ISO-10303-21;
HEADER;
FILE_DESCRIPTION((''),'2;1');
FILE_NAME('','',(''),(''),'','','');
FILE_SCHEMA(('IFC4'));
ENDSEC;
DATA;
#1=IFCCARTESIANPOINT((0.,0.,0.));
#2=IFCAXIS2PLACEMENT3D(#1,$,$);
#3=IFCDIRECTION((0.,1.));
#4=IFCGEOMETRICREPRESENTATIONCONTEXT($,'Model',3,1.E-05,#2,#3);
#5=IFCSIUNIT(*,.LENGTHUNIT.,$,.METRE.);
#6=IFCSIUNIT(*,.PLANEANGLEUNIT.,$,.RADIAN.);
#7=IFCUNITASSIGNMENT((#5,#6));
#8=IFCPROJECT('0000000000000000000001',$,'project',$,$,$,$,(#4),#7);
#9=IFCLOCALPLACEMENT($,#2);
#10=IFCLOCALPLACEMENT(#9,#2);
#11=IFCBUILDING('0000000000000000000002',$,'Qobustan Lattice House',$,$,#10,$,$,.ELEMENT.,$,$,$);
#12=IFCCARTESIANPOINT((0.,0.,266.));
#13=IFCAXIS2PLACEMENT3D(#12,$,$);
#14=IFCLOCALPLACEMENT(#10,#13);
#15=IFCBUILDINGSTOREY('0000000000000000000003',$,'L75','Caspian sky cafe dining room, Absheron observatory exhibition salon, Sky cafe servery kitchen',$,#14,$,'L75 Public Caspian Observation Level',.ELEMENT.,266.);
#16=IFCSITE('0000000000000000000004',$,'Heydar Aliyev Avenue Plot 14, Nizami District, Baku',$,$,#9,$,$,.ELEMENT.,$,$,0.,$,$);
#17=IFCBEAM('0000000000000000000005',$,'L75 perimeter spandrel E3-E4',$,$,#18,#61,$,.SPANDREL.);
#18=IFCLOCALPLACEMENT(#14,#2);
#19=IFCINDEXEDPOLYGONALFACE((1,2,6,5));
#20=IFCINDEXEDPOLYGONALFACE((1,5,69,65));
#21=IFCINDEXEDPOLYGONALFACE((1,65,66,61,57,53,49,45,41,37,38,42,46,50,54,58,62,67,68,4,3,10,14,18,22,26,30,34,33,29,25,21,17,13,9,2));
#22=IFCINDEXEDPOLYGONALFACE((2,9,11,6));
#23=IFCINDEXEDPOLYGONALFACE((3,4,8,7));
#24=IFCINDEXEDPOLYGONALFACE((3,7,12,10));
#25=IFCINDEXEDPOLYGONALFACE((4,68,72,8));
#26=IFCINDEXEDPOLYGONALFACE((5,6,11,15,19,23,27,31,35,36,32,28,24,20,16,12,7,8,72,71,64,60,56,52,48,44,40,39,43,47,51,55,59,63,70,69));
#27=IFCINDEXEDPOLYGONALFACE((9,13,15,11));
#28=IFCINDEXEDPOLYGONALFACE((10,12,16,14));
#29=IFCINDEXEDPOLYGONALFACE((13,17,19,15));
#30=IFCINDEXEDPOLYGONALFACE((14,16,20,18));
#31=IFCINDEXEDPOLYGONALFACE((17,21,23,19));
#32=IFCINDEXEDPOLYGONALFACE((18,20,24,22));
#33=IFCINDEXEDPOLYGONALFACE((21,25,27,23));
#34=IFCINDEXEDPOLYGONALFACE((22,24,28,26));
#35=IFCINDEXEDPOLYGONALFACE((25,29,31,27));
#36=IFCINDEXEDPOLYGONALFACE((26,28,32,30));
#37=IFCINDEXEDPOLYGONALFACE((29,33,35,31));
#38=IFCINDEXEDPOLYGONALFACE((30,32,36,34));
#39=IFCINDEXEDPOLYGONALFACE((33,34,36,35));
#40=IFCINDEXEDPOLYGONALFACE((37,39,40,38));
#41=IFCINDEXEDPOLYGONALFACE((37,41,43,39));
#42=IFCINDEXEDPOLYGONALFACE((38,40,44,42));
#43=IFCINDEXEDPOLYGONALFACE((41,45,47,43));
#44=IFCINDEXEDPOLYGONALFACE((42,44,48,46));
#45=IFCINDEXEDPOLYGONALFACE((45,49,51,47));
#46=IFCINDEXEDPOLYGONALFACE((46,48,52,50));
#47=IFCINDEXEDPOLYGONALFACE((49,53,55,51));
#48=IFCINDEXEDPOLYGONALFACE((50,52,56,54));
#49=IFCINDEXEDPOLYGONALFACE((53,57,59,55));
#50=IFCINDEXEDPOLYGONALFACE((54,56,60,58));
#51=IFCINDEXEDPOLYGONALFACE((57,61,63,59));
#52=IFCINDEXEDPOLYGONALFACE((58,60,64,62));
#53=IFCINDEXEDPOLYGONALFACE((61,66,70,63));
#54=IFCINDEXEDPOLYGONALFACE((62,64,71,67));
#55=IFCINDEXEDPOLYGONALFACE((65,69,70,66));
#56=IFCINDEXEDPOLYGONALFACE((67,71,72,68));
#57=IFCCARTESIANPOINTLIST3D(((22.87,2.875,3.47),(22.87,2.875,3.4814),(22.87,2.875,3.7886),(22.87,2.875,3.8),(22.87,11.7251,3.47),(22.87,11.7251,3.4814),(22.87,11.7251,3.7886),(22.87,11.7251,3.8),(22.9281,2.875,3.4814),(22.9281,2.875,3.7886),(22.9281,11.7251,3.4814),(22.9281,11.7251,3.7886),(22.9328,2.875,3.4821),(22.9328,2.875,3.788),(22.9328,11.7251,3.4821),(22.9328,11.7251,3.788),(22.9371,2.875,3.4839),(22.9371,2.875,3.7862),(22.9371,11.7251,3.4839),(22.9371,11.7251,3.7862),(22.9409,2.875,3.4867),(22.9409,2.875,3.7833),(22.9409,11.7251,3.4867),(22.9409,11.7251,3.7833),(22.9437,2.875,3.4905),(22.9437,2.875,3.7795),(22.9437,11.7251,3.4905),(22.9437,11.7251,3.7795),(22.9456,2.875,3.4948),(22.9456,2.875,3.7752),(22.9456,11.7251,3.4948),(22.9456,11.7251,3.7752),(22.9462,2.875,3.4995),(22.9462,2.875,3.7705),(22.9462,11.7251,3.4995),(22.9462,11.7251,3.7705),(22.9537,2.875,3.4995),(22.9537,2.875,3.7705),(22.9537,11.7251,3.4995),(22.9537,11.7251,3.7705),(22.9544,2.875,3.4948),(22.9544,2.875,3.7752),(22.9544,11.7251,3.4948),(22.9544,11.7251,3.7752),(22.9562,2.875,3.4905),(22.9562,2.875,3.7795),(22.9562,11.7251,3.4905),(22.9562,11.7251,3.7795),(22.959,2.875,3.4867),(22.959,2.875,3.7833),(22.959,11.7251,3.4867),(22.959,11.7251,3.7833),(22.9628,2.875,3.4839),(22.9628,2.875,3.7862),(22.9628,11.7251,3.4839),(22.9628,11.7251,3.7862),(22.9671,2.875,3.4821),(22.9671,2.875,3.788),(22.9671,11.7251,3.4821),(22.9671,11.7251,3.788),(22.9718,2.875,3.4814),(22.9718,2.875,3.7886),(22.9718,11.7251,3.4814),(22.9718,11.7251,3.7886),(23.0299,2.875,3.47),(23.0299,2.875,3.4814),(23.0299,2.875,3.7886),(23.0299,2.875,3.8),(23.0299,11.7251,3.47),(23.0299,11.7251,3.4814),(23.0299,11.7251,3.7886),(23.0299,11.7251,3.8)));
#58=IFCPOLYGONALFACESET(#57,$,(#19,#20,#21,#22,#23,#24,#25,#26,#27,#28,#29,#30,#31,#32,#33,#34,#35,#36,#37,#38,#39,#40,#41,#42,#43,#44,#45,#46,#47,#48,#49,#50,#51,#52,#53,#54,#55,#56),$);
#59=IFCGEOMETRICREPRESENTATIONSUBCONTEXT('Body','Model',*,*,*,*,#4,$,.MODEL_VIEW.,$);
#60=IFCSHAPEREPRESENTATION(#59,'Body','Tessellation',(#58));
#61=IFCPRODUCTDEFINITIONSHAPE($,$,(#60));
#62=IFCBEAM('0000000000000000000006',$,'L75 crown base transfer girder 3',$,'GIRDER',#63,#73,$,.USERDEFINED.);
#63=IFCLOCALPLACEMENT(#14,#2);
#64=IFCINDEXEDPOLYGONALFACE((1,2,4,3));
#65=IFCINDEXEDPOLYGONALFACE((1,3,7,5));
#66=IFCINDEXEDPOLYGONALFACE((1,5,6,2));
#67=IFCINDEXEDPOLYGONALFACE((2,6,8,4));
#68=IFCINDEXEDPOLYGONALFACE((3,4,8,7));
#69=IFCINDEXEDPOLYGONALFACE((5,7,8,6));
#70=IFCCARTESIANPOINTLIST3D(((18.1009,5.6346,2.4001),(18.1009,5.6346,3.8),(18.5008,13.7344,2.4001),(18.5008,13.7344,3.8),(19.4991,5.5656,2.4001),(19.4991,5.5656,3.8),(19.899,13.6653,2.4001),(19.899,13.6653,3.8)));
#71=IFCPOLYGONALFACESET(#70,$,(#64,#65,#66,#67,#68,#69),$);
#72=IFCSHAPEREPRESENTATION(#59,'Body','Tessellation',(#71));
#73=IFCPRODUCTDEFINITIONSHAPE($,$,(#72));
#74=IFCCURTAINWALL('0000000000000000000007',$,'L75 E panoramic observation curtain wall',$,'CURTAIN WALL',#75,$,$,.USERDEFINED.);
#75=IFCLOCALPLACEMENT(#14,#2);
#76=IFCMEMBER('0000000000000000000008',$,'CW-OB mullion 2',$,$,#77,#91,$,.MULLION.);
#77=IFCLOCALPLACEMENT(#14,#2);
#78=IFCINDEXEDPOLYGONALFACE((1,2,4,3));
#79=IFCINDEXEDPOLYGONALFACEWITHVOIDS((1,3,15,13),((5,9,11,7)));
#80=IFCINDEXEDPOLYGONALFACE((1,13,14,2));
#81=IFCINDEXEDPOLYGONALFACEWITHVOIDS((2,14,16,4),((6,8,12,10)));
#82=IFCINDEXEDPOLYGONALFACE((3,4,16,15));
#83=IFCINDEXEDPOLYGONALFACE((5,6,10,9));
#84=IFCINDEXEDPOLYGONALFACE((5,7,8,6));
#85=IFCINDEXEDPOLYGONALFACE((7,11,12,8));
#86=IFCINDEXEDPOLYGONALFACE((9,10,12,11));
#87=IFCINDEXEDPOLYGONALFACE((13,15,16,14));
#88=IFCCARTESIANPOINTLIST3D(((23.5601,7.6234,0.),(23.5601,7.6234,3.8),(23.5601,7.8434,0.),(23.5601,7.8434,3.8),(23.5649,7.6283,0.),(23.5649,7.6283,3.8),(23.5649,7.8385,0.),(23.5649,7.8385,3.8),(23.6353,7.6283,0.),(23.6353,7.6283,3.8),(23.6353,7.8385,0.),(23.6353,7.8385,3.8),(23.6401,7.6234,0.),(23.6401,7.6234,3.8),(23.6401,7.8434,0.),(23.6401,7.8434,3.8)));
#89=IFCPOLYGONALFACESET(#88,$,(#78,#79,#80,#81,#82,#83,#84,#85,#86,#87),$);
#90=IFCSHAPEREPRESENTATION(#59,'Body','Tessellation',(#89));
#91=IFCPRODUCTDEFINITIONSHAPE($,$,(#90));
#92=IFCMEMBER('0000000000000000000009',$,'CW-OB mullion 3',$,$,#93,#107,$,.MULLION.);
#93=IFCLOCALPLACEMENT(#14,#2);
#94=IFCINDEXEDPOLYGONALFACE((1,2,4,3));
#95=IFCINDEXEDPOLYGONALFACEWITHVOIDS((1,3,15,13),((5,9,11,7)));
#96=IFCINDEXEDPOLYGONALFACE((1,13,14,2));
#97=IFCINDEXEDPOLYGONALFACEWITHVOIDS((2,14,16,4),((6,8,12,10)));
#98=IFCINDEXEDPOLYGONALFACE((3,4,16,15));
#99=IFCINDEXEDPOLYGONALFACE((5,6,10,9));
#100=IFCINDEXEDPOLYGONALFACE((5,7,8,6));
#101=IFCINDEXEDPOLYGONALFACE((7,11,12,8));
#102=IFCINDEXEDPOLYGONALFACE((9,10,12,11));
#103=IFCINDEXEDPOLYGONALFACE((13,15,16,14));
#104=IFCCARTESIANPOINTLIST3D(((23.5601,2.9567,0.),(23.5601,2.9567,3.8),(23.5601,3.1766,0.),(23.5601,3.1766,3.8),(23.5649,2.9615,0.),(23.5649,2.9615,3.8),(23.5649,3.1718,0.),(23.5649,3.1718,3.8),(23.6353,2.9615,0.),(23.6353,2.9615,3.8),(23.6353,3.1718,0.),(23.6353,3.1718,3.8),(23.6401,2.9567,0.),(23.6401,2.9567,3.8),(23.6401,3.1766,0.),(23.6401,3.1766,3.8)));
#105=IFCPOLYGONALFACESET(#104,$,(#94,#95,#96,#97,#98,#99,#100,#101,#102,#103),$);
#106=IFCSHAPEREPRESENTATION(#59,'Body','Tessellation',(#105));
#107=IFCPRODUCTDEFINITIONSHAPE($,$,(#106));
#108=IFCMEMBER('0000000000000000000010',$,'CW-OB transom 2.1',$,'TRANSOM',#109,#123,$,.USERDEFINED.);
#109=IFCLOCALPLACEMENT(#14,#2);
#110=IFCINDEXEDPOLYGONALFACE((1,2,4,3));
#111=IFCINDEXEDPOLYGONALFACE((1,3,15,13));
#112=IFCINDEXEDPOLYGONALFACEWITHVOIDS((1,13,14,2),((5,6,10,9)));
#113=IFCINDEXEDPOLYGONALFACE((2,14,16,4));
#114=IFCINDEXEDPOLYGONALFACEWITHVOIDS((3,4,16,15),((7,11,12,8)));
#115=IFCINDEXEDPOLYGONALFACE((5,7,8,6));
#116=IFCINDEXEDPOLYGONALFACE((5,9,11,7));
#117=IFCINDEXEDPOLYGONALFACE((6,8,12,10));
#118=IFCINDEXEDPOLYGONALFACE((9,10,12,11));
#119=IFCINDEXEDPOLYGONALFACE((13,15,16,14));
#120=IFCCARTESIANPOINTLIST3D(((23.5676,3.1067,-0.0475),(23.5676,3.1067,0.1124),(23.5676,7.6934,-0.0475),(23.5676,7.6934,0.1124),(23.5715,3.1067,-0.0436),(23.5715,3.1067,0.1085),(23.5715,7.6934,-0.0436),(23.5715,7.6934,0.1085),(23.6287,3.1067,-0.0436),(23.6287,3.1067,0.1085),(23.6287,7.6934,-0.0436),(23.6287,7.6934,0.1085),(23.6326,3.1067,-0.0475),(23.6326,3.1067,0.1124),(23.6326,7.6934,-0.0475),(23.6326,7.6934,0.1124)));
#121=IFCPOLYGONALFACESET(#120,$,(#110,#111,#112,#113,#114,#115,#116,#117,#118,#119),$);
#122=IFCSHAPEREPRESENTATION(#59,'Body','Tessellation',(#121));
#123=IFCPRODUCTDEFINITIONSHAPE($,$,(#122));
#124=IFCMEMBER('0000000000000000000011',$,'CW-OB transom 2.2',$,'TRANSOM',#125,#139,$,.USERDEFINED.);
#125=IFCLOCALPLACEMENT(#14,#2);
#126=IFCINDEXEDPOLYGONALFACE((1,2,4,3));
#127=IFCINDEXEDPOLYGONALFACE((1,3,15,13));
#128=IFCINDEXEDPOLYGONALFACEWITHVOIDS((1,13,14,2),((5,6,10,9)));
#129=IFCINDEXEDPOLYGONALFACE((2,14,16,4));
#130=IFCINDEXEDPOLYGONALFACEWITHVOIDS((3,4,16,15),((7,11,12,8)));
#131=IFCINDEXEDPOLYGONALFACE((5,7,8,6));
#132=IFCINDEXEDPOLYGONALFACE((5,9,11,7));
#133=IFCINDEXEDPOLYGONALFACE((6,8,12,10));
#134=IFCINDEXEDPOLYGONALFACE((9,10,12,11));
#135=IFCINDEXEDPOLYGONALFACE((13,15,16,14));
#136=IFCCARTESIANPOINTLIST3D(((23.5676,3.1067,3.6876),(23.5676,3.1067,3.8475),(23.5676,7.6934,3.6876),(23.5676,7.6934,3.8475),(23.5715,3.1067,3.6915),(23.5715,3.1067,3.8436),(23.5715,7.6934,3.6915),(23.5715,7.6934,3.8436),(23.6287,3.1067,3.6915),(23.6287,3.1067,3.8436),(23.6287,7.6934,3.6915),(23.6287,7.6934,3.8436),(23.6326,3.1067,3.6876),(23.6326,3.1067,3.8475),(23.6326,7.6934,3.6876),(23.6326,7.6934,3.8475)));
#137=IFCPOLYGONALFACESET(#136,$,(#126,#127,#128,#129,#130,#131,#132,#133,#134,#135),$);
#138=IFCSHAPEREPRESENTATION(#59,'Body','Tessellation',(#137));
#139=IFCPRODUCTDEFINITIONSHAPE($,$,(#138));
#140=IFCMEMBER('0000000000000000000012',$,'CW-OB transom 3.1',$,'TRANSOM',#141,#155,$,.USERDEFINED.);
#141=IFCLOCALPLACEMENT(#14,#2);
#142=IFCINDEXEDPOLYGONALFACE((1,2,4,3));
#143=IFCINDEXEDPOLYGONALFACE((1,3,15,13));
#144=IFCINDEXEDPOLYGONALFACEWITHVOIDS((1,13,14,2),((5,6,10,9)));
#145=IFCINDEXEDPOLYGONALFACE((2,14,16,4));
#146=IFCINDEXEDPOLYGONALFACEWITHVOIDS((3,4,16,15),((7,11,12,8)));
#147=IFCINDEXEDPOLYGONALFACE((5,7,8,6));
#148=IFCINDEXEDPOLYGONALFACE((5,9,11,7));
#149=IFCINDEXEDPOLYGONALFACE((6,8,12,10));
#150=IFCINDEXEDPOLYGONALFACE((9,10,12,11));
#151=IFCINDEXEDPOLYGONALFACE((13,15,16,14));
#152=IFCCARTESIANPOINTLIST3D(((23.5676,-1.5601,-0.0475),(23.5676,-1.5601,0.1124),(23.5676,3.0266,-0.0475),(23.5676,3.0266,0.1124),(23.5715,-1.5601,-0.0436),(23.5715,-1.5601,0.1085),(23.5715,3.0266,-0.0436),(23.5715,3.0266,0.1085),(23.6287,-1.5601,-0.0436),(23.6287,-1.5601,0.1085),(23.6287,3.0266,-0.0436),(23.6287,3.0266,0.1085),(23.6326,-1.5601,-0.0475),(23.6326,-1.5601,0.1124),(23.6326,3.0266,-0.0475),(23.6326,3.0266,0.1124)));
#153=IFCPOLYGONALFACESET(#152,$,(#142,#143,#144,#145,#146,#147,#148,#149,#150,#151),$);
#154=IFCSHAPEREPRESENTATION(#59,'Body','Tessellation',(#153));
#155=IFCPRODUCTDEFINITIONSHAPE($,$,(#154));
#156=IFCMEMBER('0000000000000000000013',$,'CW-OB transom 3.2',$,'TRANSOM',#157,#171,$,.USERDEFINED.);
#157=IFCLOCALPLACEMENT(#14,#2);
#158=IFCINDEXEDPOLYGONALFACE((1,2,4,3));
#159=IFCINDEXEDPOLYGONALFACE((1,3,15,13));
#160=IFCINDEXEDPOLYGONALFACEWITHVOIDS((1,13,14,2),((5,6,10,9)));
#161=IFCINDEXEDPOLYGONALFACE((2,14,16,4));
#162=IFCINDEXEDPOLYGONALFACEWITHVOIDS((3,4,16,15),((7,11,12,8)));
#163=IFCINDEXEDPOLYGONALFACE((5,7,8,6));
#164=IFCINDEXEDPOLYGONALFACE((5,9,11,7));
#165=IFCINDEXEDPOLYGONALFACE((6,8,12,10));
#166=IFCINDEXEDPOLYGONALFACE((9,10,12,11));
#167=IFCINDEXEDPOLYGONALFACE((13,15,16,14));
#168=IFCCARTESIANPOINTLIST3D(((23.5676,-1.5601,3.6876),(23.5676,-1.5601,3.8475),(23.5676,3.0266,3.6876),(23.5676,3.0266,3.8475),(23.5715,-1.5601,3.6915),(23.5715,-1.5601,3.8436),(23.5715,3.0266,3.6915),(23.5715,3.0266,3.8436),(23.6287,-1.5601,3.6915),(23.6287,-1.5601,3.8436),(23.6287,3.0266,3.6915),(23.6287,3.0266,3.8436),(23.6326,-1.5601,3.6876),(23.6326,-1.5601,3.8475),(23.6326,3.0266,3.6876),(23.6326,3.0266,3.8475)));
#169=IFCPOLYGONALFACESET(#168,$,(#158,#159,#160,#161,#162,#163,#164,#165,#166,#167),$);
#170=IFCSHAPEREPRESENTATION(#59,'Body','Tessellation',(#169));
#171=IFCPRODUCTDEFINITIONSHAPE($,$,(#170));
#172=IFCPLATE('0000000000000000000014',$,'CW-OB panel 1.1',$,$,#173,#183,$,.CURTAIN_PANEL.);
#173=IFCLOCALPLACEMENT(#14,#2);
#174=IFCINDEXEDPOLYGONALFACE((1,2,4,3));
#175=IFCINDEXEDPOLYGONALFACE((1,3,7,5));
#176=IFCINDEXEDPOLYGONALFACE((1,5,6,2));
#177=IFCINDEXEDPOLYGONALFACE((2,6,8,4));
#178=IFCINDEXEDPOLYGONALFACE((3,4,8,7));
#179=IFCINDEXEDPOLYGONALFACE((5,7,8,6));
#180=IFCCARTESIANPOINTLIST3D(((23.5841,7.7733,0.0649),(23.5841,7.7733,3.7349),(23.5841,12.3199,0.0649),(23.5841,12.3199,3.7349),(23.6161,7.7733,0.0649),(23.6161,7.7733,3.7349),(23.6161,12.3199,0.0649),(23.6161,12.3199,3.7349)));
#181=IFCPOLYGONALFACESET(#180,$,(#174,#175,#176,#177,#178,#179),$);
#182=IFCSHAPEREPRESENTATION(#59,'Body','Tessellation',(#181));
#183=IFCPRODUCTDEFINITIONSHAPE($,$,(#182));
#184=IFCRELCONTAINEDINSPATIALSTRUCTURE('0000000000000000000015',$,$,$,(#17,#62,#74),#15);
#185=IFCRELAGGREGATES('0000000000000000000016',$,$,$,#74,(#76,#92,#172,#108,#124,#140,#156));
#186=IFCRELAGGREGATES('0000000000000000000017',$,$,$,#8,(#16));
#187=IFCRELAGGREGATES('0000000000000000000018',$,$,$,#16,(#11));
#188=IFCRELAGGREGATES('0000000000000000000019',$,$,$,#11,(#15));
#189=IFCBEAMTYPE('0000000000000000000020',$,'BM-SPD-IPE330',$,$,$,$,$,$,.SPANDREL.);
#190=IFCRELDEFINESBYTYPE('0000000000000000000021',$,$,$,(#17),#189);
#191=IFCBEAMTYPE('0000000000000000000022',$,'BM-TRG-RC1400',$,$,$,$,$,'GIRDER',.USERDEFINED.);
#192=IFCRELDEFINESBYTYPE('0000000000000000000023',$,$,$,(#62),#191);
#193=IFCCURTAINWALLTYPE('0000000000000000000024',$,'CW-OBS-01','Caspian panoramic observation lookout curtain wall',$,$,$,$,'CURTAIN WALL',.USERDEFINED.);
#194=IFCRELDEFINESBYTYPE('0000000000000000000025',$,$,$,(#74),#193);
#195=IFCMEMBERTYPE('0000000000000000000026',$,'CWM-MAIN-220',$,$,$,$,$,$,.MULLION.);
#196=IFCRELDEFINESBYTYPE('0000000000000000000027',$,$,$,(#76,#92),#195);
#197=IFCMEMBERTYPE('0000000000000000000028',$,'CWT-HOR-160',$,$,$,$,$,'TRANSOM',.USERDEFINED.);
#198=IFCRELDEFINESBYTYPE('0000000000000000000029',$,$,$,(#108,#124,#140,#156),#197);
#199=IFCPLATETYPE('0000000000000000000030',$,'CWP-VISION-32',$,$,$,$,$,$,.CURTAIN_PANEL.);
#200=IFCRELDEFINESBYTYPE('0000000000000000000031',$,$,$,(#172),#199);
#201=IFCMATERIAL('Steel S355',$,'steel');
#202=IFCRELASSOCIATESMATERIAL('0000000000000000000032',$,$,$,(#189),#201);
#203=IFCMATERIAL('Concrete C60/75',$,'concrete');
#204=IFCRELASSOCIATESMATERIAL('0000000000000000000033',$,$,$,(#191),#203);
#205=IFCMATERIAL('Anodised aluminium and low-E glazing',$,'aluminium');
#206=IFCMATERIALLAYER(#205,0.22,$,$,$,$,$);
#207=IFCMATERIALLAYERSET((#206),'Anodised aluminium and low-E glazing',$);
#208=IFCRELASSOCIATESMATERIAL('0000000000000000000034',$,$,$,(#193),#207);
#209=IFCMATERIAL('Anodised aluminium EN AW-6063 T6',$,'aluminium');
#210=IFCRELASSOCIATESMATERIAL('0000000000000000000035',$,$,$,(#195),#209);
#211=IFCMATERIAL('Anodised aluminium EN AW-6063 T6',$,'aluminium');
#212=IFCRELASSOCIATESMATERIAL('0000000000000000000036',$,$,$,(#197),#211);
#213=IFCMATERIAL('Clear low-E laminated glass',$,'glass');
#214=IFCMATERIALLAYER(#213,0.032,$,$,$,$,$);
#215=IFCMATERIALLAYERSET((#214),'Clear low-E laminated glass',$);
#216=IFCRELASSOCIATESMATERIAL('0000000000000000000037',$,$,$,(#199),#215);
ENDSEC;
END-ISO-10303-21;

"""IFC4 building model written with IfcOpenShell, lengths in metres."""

from ifc_helpers import new_model, si_unit, direction, frame, origin, origin_2d, place, context, subcontext, project, spatial, rectangle, hollow_rectangle, i_section, extrude, material, layer, layer_set, material_profile, profile_set, type_object, element, aggregate, save


model = new_model("IFC4")

# Units and contexts
model_context = context("Model", 3, precision=1e-05, world=origin(), true_north=direction((0.0, 1.0)))
body_context = subcontext(model_context, "Body", "Model", "MODEL_VIEW")
ifc_project = project(units=[si_unit("LENGTHUNIT", "METRE"), si_unit("PLANEANGLEUNIT", "RADIAN")], contexts=[model_context])

# Site, building, storey
site_placement = place(None, origin())
site = spatial("IfcSite", under=ifc_project, at=site_placement, Name="Heydar Aliyev Avenue Plot 14, Nizami District, Baku", CompositionType="ELEMENT", RefElevation=0.0)
building_placement = place(site_placement, origin())
building = spatial("IfcBuilding", under=site, at=building_placement, Name="Qobustan Lattice House", CompositionType="ELEMENT")
storey_placement = place(building_placement, frame((0.0, 0.0, 266.0)))
storey = spatial("IfcBuildingStorey", under=building, at=storey_placement, Name="L75", Description="Caspian sky cafe dining room, Absheron observatory exhibition salon, Sky cafe servery kitchen", LongName="L75 Public Caspian Observation Level", CompositionType="ELEMENT", Elevation=266.0)

# Beams
ifc_material_1 = material(Name="Steel S355", Category="steel")
ifc_material_profile_1 = material_profile(ifc_material_1, i_section(OverallWidth=0.1599, OverallDepth=0.3301, WebThickness=0.0076, FlangeThickness=0.0115, FilletRadius=0.0181, at=origin_2d()), Name="IPE330")
ifc_profile_set_1 = profile_set([ifc_material_profile_1], Name="Steel S355")
beam_type_1 = type_object("IfcBeamType", Name="BM-SPD-IPE330", PredefinedType="SPANDREL", material=ifc_profile_set_1)
beam_1_placement = place(storey_placement, frame((22.95, 2.875, 3.635), z_axis=(0.0, 1.0, 0.0), x_axis=(-1.0, 0.0, 0.0)))
element("IfcBeam", 1, at=beam_1_placement, inside=storey, type_object=beam_type_1, Name="L75 perimeter spandrel E3-E4", PredefinedType="SPANDREL", context=body_context, shape_type="SweptSolid", body=[
    extrude(i_section(OverallWidth=0.1599, OverallDepth=0.3301, WebThickness=0.0076, FlangeThickness=0.0115, FilletRadius=0.0181, at=origin_2d()), origin(), (0.0, 0.0, 1.0), 8.8501),
])
ifc_material_2 = material(Name="Concrete C60/75", Category="concrete")
ifc_material_profile_2 = material_profile(ifc_material_2, rectangle(XDim=1.3999, YDim=1.3999, at=origin_2d()), Name="RC1400x1400")
ifc_profile_set_2 = profile_set([ifc_material_profile_2], Name="Concrete C60/75")
beam_type_2 = type_object("IfcBeamType", Name="BM-TRG-RC1400", ElementType="GIRDER", PredefinedType="USERDEFINED", material=ifc_profile_set_2)
beam_2_placement = place(storey_placement, frame((18.8, 5.6001, 3.1001), z_axis=(0.049311, 0.998783, 0.0), x_axis=(-0.998783, 0.049311, 0.0)))
element("IfcBeam", 2, at=beam_2_placement, inside=storey, type_object=beam_type_2, Name="L75 crown base transfer girder 3", ObjectType="GIRDER", PredefinedType="USERDEFINED", context=body_context, shape_type="SweptSolid", body=[
    extrude(rectangle(XDim=1.3999, YDim=1.3999, at=origin_2d()), origin(), (0.0, 0.0, 1.0), 8.1096),
])

# Curtain wall, members, plate
ifc_material_3 = material(Name="Anodised aluminium and low-E glazing", Category="aluminium")
ifc_layer_1 = layer(ifc_material_3, 0.22)
ifc_layer_set_1 = layer_set([ifc_layer_1], Name="Anodised aluminium and low-E glazing")
curtain_wall_type = type_object("IfcCurtainWallType", Name="CW-OBS-01", Description="Caspian panoramic observation lookout curtain wall", ElementType="CURTAIN WALL", PredefinedType="USERDEFINED", material=ifc_layer_set_1)
curtain_wall_placement = place(storey_placement, origin())
curtain_wall = element("IfcCurtainWall", 3, at=curtain_wall_placement, inside=storey, type_object=curtain_wall_type, Name="L75 E panoramic observation curtain wall", ObjectType="CURTAIN WALL", PredefinedType="USERDEFINED")
ifc_material_4 = material(Name="Anodised aluminium EN AW-6063 T6", Category="aluminium")
ifc_material_profile_3 = material_profile(ifc_material_4, hollow_rectangle(XDim=0.0801, YDim=0.22, WallThickness=0.0049, at=origin_2d()), Name="CWM-220x80")
ifc_profile_set_3 = profile_set([ifc_material_profile_3], Name="Anodised aluminium EN AW-6063 T6")
member_type_1 = type_object("IfcMemberType", Name="CWM-MAIN-220", PredefinedType="MULLION", material=ifc_profile_set_3)
member_1_placement = place(storey_placement, frame((23.6001, 7.7334, 0.0), z_axis=(0.0, 0.0, 1.0), x_axis=(1.0, 0.0, 0.0)))
member_1 = element("IfcMember", 4, at=member_1_placement, type_object=member_type_1, Name="CW-OB mullion 2", PredefinedType="MULLION", context=body_context, shape_type="SweptSolid", body=[
    extrude(hollow_rectangle(XDim=0.0801, YDim=0.22, WallThickness=0.0049, at=origin_2d()), origin(), (0.0, 0.0, 1.0), 3.8),
])
member_2_placement = place(storey_placement, frame((23.6001, 3.0667, 0.0), z_axis=(0.0, 0.0, 1.0), x_axis=(1.0, 0.0, 0.0)))
member_2 = element("IfcMember", 5, at=member_2_placement, type_object=member_type_1, Name="CW-OB mullion 3", PredefinedType="MULLION", context=body_context, shape_type="SweptSolid", body=[
    extrude(hollow_rectangle(XDim=0.0801, YDim=0.22, WallThickness=0.0049, at=origin_2d()), origin(), (0.0, 0.0, 1.0), 3.8),
])
ifc_material_5 = material(Name="Anodised aluminium EN AW-6063 T6", Category="aluminium")
ifc_material_profile_4 = material_profile(ifc_material_5, hollow_rectangle(XDim=0.0649, YDim=0.1599, WallThickness=0.0039, at=origin_2d()), Name="CWT-160x65")
ifc_profile_set_4 = profile_set([ifc_material_profile_4], Name="Anodised aluminium EN AW-6063 T6")
member_type_2 = type_object("IfcMemberType", Name="CWT-HOR-160", ElementType="TRANSOM", PredefinedType="USERDEFINED", material=ifc_profile_set_4)
member_3_placement = place(storey_placement, frame((23.6001, 7.6934, 0.0325), z_axis=(0.0, -1.0, 0.0), x_axis=(1.0, 0.0, 0.0)))
member_3 = element("IfcMember", 6, at=member_3_placement, type_object=member_type_2, Name="CW-OB transom 2.1", ObjectType="TRANSOM", PredefinedType="USERDEFINED", context=body_context, shape_type="SweptSolid", body=[
    extrude(hollow_rectangle(XDim=0.0649, YDim=0.1599, WallThickness=0.0039, at=origin_2d()), origin(), (0.0, 0.0, 1.0), 4.5867),
])
member_4_placement = place(storey_placement, frame((23.6001, 7.6934, 3.7676), z_axis=(0.0, -1.0, 0.0), x_axis=(1.0, 0.0, 0.0)))
member_4 = element("IfcMember", 7, at=member_4_placement, type_object=member_type_2, Name="CW-OB transom 2.2", ObjectType="TRANSOM", PredefinedType="USERDEFINED", context=body_context, shape_type="SweptSolid", body=[
    extrude(hollow_rectangle(XDim=0.0649, YDim=0.1599, WallThickness=0.0039, at=origin_2d()), origin(), (0.0, 0.0, 1.0), 4.5867),
])
member_5_placement = place(storey_placement, frame((23.6001, 3.0266, 0.0325), z_axis=(0.0, -1.0, 0.0), x_axis=(1.0, 0.0, 0.0)))
member_5 = element("IfcMember", 8, at=member_5_placement, type_object=member_type_2, Name="CW-OB transom 3.1", ObjectType="TRANSOM", PredefinedType="USERDEFINED", context=body_context, shape_type="SweptSolid", body=[
    extrude(hollow_rectangle(XDim=0.0649, YDim=0.1599, WallThickness=0.0039, at=origin_2d()), origin(), (0.0, 0.0, 1.0), 4.5867),
])
member_6_placement = place(storey_placement, frame((23.6001, 3.0266, 3.7676), z_axis=(0.0, -1.0, 0.0), x_axis=(1.0, 0.0, 0.0)))
member_6 = element("IfcMember", 9, at=member_6_placement, type_object=member_type_2, Name="CW-OB transom 3.2", ObjectType="TRANSOM", PredefinedType="USERDEFINED", context=body_context, shape_type="SweptSolid", body=[
    extrude(hollow_rectangle(XDim=0.0649, YDim=0.1599, WallThickness=0.0039, at=origin_2d()), origin(), (0.0, 0.0, 1.0), 4.5867),
])
ifc_material_6 = material(Name="Clear low-E laminated glass", Category="glass")
ifc_layer_2 = layer(ifc_material_6, 0.032)
ifc_layer_set_2 = layer_set([ifc_layer_2], Name="Clear low-E laminated glass")
plate_type = type_object("IfcPlateType", Name="CWP-VISION-32", PredefinedType="CURTAIN_PANEL", material=ifc_layer_set_2)
plate_1_placement = place(storey_placement, frame((23.6001, 10.0466, 0.0649), z_axis=(0.0, 0.0, 1.0), x_axis=(0.0, -1.0, 0.0)))
plate_1 = element("IfcPlate", 10, at=plate_1_placement, type_object=plate_type, Name="CW-OB panel 1.1", PredefinedType="CURTAIN_PANEL", context=body_context, shape_type="SweptSolid", body=[
    extrude(rectangle(XDim=4.5466, YDim=0.032, at=origin_2d()), origin(), (0.0, 0.0, 1.0), 3.6699),
])
aggregate(curtain_wall, [member_1, member_2, plate_1, member_3, member_4, member_5, member_6])

save(model, "model.ifc")
